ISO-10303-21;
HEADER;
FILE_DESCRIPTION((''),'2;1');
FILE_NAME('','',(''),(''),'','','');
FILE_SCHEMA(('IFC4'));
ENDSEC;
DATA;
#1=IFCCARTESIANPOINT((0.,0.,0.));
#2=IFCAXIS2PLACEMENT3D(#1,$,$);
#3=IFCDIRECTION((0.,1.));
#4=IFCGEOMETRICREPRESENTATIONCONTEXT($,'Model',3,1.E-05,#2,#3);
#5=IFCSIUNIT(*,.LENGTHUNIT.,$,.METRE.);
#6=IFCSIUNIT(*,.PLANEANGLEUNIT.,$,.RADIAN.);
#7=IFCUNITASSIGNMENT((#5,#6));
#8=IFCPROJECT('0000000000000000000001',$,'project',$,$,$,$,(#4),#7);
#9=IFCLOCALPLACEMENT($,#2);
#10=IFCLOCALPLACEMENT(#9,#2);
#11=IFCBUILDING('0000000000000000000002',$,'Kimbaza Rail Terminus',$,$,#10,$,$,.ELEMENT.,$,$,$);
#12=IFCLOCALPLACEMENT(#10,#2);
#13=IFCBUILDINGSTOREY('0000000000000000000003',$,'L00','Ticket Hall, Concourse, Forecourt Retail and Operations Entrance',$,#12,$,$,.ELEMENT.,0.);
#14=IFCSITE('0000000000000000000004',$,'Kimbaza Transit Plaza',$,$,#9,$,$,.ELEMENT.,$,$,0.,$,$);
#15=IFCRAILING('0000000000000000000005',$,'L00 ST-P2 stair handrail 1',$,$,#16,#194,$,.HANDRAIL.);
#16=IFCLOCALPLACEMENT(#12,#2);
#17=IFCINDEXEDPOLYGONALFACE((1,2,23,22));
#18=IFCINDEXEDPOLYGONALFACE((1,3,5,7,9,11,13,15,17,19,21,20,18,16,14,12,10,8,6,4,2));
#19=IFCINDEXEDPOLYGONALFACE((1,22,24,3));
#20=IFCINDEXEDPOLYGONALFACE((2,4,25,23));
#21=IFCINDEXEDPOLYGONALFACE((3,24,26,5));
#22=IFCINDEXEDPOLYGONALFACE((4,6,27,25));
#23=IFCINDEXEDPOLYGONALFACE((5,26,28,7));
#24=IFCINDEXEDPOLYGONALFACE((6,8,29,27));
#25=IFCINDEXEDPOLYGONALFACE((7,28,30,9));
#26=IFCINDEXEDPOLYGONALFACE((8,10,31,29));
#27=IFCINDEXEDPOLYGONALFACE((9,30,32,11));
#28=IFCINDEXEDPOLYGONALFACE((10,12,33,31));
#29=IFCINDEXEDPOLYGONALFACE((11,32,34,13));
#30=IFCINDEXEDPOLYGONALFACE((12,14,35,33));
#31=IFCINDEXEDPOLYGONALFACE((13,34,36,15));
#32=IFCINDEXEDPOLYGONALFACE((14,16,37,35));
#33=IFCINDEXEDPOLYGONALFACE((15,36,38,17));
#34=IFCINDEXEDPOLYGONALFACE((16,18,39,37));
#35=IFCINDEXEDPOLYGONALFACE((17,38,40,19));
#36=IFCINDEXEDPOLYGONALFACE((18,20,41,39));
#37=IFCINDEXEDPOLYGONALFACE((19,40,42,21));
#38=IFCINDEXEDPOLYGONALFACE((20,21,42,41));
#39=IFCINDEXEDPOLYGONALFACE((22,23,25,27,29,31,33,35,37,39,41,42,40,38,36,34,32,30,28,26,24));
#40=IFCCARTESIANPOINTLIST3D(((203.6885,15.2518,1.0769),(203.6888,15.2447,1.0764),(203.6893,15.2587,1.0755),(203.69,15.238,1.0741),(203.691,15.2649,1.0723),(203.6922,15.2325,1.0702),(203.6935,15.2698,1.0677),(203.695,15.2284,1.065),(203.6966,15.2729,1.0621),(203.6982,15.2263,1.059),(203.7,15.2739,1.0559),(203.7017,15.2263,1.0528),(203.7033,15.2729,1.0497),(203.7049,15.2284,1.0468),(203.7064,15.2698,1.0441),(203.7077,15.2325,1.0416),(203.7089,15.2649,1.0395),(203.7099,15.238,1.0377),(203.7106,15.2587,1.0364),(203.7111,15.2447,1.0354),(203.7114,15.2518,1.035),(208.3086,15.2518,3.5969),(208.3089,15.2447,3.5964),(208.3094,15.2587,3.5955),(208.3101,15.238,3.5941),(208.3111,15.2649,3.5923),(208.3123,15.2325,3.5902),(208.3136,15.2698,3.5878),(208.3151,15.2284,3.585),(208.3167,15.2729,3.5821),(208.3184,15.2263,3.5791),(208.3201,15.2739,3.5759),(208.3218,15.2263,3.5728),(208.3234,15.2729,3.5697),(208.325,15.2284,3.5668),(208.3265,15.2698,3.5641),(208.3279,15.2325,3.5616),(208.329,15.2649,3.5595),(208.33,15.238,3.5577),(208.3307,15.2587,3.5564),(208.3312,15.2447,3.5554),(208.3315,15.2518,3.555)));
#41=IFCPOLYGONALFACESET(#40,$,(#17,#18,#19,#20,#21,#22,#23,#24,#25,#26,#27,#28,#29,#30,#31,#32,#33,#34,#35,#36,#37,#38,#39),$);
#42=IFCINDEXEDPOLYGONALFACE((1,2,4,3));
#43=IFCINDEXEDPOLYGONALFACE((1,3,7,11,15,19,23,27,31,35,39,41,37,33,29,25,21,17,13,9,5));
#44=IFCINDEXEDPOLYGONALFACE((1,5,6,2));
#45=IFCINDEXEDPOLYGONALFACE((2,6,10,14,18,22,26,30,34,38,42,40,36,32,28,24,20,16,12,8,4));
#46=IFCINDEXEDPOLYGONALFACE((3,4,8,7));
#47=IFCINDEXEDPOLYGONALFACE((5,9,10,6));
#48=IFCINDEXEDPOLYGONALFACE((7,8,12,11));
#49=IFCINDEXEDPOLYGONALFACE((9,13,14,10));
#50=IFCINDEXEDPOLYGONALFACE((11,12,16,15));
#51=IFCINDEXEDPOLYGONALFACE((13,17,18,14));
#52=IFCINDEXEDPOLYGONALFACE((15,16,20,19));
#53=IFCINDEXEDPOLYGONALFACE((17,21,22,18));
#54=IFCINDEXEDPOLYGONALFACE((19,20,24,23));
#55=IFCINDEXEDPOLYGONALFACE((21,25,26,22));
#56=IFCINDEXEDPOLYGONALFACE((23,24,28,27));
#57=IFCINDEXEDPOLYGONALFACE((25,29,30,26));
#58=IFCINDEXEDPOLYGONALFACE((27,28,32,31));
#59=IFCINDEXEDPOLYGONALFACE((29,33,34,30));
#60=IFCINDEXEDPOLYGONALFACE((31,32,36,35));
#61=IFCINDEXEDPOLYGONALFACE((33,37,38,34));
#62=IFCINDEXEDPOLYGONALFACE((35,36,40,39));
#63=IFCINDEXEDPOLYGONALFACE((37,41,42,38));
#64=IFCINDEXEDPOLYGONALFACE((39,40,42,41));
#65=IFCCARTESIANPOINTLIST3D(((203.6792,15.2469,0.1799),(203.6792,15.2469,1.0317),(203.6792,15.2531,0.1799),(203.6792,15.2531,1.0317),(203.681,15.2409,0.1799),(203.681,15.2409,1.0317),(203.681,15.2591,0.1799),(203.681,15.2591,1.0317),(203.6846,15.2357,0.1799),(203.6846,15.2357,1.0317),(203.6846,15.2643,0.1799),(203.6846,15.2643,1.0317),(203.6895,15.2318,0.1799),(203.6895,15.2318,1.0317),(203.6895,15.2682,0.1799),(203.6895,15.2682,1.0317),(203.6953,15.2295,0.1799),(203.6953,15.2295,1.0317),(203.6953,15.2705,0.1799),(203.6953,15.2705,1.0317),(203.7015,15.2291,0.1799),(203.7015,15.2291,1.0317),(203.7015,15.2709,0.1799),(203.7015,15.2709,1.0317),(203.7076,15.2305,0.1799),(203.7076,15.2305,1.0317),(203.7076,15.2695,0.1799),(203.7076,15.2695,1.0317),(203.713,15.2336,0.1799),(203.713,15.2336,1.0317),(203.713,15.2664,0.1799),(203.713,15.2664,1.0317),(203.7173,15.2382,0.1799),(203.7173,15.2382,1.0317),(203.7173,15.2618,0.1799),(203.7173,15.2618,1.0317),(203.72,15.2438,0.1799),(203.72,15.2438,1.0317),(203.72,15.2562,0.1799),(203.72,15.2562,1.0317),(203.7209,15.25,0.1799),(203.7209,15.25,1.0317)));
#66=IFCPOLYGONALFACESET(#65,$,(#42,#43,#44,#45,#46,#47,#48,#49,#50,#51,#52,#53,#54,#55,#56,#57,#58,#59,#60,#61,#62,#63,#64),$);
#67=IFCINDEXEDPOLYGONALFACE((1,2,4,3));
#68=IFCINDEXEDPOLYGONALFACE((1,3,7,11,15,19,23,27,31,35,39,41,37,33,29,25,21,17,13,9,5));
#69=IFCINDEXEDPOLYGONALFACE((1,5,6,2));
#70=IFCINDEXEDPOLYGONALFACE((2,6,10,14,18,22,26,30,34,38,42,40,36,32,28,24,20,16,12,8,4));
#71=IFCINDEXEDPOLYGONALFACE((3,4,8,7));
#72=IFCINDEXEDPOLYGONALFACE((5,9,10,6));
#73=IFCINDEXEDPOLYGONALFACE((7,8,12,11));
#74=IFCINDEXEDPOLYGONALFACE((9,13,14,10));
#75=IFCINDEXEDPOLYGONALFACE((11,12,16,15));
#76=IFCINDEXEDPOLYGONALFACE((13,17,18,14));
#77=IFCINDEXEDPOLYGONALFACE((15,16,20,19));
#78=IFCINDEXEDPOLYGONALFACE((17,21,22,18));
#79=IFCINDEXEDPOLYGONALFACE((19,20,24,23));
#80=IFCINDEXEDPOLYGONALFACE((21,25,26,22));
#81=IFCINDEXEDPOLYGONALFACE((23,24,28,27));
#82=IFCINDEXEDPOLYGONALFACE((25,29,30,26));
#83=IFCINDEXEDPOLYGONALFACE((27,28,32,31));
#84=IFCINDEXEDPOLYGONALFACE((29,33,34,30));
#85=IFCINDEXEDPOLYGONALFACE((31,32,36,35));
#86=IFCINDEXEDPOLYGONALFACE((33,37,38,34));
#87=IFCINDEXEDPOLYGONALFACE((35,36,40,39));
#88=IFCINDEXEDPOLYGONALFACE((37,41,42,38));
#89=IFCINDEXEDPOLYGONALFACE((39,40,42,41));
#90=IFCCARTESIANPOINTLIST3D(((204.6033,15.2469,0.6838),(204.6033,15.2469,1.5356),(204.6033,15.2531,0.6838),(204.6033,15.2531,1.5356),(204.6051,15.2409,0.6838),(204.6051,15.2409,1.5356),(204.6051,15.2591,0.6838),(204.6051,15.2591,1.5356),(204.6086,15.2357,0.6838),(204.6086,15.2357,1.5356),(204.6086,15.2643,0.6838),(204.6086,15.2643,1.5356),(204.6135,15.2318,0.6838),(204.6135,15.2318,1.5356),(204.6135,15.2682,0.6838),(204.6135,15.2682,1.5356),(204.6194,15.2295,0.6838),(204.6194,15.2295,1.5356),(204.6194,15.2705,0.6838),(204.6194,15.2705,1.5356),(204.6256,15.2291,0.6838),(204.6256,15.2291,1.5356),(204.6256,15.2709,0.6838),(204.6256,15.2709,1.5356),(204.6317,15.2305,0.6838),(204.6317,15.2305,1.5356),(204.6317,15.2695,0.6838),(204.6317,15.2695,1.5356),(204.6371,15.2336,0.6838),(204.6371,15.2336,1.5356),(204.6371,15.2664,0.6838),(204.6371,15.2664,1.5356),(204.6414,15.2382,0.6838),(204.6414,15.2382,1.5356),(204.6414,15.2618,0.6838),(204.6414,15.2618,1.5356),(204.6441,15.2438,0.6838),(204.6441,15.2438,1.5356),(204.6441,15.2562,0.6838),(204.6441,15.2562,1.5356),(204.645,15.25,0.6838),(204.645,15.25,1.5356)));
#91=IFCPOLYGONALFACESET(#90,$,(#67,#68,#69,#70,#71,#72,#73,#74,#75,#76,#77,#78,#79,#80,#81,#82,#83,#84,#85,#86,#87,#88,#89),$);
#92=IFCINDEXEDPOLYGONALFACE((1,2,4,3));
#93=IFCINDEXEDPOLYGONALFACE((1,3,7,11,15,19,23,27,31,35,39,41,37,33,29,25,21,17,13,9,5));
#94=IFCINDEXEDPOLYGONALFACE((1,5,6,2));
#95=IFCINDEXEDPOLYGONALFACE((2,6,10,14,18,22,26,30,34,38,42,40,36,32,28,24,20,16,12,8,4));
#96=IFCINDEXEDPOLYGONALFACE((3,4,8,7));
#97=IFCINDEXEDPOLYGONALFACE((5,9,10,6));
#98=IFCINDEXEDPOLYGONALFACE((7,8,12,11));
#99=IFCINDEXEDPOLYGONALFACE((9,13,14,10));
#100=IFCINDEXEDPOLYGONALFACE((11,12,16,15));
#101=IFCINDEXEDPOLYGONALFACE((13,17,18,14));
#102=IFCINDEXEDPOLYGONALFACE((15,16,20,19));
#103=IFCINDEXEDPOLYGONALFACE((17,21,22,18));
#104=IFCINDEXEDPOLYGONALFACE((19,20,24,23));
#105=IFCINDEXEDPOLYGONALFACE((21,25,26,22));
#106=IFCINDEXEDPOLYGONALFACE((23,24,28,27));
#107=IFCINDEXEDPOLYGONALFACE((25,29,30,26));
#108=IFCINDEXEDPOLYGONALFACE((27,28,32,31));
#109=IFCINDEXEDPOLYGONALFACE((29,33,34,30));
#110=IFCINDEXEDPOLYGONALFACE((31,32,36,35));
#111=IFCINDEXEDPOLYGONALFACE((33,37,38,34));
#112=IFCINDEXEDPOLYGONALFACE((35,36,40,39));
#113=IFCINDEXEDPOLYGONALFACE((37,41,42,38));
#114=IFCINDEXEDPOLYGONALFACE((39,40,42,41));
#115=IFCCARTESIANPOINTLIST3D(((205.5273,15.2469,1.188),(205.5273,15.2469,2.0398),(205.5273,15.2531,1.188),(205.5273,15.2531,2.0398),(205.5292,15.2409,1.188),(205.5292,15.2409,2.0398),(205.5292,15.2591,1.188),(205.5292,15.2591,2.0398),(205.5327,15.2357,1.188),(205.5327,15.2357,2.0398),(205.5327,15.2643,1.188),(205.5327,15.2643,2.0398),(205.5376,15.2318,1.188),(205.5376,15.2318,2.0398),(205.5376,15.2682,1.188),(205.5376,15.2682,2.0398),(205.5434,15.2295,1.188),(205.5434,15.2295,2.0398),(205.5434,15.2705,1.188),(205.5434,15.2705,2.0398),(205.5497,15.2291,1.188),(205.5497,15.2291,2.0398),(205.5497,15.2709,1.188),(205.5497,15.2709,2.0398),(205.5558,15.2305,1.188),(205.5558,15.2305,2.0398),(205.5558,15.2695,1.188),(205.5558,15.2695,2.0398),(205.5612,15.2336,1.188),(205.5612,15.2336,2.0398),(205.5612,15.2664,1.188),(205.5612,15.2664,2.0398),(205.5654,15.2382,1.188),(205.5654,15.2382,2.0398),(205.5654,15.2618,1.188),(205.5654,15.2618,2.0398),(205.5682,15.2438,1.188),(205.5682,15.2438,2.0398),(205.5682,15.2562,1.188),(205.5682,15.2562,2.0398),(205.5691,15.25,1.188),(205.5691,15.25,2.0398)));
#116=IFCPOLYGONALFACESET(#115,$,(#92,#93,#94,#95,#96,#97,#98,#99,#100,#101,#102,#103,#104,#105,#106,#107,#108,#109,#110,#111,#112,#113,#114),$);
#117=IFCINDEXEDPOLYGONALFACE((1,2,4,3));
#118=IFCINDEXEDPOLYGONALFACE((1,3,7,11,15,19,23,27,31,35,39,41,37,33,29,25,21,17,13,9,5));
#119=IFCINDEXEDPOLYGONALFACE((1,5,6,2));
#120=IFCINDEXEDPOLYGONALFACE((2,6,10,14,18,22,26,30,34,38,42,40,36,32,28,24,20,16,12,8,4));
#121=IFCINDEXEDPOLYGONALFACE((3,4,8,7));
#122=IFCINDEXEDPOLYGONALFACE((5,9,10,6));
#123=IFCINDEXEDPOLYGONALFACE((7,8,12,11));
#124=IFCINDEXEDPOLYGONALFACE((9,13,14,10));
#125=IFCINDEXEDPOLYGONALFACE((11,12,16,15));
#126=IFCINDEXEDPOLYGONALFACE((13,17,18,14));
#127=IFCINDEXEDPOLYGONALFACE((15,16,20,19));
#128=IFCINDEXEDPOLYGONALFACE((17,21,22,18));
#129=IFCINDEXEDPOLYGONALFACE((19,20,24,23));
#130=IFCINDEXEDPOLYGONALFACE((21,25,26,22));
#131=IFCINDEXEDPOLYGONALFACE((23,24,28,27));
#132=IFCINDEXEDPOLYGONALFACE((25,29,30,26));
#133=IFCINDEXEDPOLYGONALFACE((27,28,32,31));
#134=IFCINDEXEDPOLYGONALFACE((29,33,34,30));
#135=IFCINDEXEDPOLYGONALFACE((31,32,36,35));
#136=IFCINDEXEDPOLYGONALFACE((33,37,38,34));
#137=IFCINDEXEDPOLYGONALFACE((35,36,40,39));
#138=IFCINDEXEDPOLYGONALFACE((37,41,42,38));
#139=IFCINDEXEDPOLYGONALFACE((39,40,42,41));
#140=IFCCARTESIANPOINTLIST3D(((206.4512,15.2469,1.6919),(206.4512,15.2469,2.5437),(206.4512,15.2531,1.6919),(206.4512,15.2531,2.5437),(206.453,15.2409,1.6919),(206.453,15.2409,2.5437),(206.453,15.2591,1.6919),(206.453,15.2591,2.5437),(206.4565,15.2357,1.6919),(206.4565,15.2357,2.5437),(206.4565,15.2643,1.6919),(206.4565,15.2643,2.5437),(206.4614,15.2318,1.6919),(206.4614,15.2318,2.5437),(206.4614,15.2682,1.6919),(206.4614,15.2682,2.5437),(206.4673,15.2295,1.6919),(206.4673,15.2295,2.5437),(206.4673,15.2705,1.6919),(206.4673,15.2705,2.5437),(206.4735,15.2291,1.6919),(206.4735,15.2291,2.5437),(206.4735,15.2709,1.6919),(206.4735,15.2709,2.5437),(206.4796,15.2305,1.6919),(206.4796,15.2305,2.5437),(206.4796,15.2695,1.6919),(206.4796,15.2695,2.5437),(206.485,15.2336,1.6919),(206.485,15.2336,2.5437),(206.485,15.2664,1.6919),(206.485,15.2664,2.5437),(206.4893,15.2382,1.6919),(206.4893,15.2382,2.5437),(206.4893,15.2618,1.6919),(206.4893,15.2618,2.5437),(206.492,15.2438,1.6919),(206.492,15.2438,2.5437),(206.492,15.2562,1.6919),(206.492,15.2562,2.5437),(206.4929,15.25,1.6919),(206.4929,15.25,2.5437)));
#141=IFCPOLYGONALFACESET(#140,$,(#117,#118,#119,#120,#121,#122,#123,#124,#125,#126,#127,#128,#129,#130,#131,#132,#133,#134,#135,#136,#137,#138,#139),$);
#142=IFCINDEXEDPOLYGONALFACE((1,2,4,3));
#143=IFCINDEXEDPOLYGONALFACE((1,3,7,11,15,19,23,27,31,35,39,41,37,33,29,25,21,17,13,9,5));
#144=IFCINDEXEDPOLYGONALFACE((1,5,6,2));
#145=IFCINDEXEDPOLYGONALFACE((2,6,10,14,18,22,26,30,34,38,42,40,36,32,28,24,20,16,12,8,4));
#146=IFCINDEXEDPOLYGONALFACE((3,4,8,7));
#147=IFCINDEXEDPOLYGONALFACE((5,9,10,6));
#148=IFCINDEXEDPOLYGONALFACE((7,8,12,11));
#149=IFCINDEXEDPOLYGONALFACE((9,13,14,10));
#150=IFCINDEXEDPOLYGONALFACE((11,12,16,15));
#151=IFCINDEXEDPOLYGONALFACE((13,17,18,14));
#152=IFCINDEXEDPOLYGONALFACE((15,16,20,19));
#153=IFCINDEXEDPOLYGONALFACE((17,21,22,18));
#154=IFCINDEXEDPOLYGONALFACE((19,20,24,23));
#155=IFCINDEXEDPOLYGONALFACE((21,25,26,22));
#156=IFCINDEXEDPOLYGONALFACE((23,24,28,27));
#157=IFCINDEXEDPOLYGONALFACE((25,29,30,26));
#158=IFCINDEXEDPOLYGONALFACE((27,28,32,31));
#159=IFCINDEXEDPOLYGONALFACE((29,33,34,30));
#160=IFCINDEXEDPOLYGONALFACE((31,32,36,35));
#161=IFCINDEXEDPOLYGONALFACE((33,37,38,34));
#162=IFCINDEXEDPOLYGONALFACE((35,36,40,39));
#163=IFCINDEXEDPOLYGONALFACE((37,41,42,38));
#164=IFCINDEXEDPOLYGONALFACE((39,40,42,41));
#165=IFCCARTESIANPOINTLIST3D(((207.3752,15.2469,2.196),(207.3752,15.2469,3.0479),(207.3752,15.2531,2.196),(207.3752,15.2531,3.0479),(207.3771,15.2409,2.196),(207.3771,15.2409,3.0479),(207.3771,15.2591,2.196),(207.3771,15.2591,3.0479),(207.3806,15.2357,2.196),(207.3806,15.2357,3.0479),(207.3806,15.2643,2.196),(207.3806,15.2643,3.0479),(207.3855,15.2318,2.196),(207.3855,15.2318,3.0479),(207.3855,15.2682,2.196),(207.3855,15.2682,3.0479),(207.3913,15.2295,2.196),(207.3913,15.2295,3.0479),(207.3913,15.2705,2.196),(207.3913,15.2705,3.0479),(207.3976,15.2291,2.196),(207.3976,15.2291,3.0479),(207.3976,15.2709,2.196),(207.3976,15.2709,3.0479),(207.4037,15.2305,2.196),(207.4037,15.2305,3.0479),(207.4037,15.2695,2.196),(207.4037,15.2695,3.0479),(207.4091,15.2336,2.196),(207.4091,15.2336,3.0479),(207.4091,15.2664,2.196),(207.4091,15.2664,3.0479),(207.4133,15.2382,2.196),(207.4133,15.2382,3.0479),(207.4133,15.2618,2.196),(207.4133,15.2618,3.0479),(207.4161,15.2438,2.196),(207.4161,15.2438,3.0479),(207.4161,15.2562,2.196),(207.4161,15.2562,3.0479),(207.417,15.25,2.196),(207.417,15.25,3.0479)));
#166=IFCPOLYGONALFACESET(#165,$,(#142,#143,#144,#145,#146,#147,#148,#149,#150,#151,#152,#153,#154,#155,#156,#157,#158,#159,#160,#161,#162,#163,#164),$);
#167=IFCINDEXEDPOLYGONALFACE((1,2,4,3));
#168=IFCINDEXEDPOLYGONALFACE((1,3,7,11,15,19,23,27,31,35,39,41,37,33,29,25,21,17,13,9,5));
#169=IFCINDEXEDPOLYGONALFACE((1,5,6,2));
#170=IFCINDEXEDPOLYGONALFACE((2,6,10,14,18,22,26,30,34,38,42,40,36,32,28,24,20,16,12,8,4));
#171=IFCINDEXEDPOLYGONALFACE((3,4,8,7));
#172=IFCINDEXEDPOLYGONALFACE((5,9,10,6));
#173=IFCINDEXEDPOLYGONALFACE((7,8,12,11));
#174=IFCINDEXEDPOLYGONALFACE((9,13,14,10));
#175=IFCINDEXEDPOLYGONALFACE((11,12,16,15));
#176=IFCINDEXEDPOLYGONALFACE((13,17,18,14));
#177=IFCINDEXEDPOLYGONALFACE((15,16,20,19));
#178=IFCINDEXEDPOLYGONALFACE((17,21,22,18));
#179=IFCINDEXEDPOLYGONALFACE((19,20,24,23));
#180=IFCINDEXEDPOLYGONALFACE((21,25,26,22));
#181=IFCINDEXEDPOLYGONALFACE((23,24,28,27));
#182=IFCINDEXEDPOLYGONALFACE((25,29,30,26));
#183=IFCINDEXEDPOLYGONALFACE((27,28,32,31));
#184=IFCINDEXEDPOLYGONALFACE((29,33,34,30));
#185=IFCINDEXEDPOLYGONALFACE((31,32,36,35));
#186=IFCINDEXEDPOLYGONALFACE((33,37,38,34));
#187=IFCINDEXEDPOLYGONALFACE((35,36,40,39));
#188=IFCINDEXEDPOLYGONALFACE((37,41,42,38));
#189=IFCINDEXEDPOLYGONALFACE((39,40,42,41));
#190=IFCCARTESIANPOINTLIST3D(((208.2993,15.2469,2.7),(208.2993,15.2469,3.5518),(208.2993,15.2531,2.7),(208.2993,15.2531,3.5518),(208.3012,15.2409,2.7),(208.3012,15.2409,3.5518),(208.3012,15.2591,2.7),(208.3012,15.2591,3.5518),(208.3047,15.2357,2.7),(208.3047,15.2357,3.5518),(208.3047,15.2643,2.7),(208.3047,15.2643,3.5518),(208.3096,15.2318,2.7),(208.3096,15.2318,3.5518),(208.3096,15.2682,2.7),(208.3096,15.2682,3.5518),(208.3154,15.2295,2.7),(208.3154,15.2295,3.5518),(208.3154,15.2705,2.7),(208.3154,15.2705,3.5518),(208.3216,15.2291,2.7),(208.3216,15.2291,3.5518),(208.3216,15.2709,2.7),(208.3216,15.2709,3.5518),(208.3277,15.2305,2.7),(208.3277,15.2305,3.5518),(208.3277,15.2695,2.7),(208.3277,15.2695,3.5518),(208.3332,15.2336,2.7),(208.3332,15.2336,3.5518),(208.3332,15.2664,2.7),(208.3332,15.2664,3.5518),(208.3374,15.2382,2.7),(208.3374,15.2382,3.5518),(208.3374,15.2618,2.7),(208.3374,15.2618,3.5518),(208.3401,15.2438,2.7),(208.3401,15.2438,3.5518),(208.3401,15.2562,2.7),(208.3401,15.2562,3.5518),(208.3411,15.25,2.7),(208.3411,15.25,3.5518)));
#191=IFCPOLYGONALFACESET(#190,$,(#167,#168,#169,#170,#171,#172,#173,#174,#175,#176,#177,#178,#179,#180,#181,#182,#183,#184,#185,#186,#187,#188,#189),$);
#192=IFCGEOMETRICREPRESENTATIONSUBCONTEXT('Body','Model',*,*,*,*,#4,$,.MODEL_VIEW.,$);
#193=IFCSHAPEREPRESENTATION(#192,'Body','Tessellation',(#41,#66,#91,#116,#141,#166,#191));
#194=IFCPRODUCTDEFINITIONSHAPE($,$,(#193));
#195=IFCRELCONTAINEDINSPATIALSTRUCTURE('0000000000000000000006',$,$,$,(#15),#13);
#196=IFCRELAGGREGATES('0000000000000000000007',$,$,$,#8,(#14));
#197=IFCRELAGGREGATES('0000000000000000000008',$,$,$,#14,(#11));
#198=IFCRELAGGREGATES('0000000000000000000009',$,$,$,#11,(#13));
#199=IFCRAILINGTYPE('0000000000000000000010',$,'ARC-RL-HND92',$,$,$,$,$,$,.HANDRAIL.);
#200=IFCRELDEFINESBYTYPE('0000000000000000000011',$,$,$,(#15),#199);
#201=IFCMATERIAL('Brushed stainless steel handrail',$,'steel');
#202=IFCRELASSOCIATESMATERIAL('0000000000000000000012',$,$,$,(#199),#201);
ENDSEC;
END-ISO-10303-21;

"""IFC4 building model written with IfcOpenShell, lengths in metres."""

from ifc_helpers import new_model, si_unit, direction, frame, origin, origin_2d, place, context, subcontext, project, spatial, circle, extrude, material, type_object, element, save


model = new_model("IFC4")

# Units and contexts
model_context = context("Model", 3, precision=1e-05, world=origin(), true_north=direction((0.0, 1.0)))
body_context = subcontext(model_context, "Body", "Model", "MODEL_VIEW")
ifc_project = project(units=[si_unit("LENGTHUNIT", "METRE"), si_unit("PLANEANGLEUNIT", "RADIAN")], contexts=[model_context])

# Site, building, storey
site_placement = place(None, origin())
site = spatial("IfcSite", under=ifc_project, at=site_placement, Name="Kimbaza Transit Plaza", CompositionType="ELEMENT", RefElevation=0.0)
building_placement = place(site_placement, origin())
building = spatial("IfcBuilding", under=site, at=building_placement, Name="Kimbaza Rail Terminus", CompositionType="ELEMENT")
storey_placement = place(building_placement, origin())
storey = spatial("IfcBuildingStorey", under=building, at=storey_placement, Name="L00", Description="Ticket Hall, Concourse, Forecourt Retail and Operations Entrance", CompositionType="ELEMENT", Elevation=0.0)

# Railing
ifc_material_1 = material(Name="Brushed stainless steel handrail", Category="steel")
railing_type_1 = type_object("IfcRailingType", Name="ARC-RL-HND92", PredefinedType="HANDRAIL", material=ifc_material_1)
railing_1_placement = place(storey_placement, frame((203.7, 15.25, 0.1799)))
element("IfcRailing", 1, at=railing_1_placement, inside=storey, type_object=railing_type_1, Name="L00 ST-P2 stair handrail 1", PredefinedType="HANDRAIL", context=body_context, shape_type="SweptSolid", body=[
    extrude(circle(Radius=0.0239, at=origin_2d()), frame((0.0, 0.0, 0.876), z_axis=(0.877899, 0.0, 0.478846), x_axis=(0.0, 1.0, 0.0)), (0.0, 0.0, 1.0), 5.2627),
    extrude(circle(Radius=0.021, at=origin_2d()), origin(), (0.0, 0.0, 1.0), 0.8518),
    extrude(circle(Radius=0.021, at=origin_2d()), frame((0.9241, 0.0, 0.5039)), (0.0, 0.0, 1.0), 0.8518),
    extrude(circle(Radius=0.021, at=origin_2d()), frame((1.8481, 0.0, 1.0081)), (0.0, 0.0, 1.0), 0.8518),
    extrude(circle(Radius=0.021, at=origin_2d()), frame((2.772, 0.0, 1.512)), (0.0, 0.0, 1.0), 0.8518),
    extrude(circle(Radius=0.021, at=origin_2d()), frame((3.696, 0.0, 2.0161)), (0.0, 0.0, 1.0), 0.8518),
    extrude(circle(Radius=0.021, at=origin_2d()), frame((4.6201, 0.0, 2.52)), (0.0, 0.0, 1.0), 0.8518),
])

save(model, "model.ifc")
